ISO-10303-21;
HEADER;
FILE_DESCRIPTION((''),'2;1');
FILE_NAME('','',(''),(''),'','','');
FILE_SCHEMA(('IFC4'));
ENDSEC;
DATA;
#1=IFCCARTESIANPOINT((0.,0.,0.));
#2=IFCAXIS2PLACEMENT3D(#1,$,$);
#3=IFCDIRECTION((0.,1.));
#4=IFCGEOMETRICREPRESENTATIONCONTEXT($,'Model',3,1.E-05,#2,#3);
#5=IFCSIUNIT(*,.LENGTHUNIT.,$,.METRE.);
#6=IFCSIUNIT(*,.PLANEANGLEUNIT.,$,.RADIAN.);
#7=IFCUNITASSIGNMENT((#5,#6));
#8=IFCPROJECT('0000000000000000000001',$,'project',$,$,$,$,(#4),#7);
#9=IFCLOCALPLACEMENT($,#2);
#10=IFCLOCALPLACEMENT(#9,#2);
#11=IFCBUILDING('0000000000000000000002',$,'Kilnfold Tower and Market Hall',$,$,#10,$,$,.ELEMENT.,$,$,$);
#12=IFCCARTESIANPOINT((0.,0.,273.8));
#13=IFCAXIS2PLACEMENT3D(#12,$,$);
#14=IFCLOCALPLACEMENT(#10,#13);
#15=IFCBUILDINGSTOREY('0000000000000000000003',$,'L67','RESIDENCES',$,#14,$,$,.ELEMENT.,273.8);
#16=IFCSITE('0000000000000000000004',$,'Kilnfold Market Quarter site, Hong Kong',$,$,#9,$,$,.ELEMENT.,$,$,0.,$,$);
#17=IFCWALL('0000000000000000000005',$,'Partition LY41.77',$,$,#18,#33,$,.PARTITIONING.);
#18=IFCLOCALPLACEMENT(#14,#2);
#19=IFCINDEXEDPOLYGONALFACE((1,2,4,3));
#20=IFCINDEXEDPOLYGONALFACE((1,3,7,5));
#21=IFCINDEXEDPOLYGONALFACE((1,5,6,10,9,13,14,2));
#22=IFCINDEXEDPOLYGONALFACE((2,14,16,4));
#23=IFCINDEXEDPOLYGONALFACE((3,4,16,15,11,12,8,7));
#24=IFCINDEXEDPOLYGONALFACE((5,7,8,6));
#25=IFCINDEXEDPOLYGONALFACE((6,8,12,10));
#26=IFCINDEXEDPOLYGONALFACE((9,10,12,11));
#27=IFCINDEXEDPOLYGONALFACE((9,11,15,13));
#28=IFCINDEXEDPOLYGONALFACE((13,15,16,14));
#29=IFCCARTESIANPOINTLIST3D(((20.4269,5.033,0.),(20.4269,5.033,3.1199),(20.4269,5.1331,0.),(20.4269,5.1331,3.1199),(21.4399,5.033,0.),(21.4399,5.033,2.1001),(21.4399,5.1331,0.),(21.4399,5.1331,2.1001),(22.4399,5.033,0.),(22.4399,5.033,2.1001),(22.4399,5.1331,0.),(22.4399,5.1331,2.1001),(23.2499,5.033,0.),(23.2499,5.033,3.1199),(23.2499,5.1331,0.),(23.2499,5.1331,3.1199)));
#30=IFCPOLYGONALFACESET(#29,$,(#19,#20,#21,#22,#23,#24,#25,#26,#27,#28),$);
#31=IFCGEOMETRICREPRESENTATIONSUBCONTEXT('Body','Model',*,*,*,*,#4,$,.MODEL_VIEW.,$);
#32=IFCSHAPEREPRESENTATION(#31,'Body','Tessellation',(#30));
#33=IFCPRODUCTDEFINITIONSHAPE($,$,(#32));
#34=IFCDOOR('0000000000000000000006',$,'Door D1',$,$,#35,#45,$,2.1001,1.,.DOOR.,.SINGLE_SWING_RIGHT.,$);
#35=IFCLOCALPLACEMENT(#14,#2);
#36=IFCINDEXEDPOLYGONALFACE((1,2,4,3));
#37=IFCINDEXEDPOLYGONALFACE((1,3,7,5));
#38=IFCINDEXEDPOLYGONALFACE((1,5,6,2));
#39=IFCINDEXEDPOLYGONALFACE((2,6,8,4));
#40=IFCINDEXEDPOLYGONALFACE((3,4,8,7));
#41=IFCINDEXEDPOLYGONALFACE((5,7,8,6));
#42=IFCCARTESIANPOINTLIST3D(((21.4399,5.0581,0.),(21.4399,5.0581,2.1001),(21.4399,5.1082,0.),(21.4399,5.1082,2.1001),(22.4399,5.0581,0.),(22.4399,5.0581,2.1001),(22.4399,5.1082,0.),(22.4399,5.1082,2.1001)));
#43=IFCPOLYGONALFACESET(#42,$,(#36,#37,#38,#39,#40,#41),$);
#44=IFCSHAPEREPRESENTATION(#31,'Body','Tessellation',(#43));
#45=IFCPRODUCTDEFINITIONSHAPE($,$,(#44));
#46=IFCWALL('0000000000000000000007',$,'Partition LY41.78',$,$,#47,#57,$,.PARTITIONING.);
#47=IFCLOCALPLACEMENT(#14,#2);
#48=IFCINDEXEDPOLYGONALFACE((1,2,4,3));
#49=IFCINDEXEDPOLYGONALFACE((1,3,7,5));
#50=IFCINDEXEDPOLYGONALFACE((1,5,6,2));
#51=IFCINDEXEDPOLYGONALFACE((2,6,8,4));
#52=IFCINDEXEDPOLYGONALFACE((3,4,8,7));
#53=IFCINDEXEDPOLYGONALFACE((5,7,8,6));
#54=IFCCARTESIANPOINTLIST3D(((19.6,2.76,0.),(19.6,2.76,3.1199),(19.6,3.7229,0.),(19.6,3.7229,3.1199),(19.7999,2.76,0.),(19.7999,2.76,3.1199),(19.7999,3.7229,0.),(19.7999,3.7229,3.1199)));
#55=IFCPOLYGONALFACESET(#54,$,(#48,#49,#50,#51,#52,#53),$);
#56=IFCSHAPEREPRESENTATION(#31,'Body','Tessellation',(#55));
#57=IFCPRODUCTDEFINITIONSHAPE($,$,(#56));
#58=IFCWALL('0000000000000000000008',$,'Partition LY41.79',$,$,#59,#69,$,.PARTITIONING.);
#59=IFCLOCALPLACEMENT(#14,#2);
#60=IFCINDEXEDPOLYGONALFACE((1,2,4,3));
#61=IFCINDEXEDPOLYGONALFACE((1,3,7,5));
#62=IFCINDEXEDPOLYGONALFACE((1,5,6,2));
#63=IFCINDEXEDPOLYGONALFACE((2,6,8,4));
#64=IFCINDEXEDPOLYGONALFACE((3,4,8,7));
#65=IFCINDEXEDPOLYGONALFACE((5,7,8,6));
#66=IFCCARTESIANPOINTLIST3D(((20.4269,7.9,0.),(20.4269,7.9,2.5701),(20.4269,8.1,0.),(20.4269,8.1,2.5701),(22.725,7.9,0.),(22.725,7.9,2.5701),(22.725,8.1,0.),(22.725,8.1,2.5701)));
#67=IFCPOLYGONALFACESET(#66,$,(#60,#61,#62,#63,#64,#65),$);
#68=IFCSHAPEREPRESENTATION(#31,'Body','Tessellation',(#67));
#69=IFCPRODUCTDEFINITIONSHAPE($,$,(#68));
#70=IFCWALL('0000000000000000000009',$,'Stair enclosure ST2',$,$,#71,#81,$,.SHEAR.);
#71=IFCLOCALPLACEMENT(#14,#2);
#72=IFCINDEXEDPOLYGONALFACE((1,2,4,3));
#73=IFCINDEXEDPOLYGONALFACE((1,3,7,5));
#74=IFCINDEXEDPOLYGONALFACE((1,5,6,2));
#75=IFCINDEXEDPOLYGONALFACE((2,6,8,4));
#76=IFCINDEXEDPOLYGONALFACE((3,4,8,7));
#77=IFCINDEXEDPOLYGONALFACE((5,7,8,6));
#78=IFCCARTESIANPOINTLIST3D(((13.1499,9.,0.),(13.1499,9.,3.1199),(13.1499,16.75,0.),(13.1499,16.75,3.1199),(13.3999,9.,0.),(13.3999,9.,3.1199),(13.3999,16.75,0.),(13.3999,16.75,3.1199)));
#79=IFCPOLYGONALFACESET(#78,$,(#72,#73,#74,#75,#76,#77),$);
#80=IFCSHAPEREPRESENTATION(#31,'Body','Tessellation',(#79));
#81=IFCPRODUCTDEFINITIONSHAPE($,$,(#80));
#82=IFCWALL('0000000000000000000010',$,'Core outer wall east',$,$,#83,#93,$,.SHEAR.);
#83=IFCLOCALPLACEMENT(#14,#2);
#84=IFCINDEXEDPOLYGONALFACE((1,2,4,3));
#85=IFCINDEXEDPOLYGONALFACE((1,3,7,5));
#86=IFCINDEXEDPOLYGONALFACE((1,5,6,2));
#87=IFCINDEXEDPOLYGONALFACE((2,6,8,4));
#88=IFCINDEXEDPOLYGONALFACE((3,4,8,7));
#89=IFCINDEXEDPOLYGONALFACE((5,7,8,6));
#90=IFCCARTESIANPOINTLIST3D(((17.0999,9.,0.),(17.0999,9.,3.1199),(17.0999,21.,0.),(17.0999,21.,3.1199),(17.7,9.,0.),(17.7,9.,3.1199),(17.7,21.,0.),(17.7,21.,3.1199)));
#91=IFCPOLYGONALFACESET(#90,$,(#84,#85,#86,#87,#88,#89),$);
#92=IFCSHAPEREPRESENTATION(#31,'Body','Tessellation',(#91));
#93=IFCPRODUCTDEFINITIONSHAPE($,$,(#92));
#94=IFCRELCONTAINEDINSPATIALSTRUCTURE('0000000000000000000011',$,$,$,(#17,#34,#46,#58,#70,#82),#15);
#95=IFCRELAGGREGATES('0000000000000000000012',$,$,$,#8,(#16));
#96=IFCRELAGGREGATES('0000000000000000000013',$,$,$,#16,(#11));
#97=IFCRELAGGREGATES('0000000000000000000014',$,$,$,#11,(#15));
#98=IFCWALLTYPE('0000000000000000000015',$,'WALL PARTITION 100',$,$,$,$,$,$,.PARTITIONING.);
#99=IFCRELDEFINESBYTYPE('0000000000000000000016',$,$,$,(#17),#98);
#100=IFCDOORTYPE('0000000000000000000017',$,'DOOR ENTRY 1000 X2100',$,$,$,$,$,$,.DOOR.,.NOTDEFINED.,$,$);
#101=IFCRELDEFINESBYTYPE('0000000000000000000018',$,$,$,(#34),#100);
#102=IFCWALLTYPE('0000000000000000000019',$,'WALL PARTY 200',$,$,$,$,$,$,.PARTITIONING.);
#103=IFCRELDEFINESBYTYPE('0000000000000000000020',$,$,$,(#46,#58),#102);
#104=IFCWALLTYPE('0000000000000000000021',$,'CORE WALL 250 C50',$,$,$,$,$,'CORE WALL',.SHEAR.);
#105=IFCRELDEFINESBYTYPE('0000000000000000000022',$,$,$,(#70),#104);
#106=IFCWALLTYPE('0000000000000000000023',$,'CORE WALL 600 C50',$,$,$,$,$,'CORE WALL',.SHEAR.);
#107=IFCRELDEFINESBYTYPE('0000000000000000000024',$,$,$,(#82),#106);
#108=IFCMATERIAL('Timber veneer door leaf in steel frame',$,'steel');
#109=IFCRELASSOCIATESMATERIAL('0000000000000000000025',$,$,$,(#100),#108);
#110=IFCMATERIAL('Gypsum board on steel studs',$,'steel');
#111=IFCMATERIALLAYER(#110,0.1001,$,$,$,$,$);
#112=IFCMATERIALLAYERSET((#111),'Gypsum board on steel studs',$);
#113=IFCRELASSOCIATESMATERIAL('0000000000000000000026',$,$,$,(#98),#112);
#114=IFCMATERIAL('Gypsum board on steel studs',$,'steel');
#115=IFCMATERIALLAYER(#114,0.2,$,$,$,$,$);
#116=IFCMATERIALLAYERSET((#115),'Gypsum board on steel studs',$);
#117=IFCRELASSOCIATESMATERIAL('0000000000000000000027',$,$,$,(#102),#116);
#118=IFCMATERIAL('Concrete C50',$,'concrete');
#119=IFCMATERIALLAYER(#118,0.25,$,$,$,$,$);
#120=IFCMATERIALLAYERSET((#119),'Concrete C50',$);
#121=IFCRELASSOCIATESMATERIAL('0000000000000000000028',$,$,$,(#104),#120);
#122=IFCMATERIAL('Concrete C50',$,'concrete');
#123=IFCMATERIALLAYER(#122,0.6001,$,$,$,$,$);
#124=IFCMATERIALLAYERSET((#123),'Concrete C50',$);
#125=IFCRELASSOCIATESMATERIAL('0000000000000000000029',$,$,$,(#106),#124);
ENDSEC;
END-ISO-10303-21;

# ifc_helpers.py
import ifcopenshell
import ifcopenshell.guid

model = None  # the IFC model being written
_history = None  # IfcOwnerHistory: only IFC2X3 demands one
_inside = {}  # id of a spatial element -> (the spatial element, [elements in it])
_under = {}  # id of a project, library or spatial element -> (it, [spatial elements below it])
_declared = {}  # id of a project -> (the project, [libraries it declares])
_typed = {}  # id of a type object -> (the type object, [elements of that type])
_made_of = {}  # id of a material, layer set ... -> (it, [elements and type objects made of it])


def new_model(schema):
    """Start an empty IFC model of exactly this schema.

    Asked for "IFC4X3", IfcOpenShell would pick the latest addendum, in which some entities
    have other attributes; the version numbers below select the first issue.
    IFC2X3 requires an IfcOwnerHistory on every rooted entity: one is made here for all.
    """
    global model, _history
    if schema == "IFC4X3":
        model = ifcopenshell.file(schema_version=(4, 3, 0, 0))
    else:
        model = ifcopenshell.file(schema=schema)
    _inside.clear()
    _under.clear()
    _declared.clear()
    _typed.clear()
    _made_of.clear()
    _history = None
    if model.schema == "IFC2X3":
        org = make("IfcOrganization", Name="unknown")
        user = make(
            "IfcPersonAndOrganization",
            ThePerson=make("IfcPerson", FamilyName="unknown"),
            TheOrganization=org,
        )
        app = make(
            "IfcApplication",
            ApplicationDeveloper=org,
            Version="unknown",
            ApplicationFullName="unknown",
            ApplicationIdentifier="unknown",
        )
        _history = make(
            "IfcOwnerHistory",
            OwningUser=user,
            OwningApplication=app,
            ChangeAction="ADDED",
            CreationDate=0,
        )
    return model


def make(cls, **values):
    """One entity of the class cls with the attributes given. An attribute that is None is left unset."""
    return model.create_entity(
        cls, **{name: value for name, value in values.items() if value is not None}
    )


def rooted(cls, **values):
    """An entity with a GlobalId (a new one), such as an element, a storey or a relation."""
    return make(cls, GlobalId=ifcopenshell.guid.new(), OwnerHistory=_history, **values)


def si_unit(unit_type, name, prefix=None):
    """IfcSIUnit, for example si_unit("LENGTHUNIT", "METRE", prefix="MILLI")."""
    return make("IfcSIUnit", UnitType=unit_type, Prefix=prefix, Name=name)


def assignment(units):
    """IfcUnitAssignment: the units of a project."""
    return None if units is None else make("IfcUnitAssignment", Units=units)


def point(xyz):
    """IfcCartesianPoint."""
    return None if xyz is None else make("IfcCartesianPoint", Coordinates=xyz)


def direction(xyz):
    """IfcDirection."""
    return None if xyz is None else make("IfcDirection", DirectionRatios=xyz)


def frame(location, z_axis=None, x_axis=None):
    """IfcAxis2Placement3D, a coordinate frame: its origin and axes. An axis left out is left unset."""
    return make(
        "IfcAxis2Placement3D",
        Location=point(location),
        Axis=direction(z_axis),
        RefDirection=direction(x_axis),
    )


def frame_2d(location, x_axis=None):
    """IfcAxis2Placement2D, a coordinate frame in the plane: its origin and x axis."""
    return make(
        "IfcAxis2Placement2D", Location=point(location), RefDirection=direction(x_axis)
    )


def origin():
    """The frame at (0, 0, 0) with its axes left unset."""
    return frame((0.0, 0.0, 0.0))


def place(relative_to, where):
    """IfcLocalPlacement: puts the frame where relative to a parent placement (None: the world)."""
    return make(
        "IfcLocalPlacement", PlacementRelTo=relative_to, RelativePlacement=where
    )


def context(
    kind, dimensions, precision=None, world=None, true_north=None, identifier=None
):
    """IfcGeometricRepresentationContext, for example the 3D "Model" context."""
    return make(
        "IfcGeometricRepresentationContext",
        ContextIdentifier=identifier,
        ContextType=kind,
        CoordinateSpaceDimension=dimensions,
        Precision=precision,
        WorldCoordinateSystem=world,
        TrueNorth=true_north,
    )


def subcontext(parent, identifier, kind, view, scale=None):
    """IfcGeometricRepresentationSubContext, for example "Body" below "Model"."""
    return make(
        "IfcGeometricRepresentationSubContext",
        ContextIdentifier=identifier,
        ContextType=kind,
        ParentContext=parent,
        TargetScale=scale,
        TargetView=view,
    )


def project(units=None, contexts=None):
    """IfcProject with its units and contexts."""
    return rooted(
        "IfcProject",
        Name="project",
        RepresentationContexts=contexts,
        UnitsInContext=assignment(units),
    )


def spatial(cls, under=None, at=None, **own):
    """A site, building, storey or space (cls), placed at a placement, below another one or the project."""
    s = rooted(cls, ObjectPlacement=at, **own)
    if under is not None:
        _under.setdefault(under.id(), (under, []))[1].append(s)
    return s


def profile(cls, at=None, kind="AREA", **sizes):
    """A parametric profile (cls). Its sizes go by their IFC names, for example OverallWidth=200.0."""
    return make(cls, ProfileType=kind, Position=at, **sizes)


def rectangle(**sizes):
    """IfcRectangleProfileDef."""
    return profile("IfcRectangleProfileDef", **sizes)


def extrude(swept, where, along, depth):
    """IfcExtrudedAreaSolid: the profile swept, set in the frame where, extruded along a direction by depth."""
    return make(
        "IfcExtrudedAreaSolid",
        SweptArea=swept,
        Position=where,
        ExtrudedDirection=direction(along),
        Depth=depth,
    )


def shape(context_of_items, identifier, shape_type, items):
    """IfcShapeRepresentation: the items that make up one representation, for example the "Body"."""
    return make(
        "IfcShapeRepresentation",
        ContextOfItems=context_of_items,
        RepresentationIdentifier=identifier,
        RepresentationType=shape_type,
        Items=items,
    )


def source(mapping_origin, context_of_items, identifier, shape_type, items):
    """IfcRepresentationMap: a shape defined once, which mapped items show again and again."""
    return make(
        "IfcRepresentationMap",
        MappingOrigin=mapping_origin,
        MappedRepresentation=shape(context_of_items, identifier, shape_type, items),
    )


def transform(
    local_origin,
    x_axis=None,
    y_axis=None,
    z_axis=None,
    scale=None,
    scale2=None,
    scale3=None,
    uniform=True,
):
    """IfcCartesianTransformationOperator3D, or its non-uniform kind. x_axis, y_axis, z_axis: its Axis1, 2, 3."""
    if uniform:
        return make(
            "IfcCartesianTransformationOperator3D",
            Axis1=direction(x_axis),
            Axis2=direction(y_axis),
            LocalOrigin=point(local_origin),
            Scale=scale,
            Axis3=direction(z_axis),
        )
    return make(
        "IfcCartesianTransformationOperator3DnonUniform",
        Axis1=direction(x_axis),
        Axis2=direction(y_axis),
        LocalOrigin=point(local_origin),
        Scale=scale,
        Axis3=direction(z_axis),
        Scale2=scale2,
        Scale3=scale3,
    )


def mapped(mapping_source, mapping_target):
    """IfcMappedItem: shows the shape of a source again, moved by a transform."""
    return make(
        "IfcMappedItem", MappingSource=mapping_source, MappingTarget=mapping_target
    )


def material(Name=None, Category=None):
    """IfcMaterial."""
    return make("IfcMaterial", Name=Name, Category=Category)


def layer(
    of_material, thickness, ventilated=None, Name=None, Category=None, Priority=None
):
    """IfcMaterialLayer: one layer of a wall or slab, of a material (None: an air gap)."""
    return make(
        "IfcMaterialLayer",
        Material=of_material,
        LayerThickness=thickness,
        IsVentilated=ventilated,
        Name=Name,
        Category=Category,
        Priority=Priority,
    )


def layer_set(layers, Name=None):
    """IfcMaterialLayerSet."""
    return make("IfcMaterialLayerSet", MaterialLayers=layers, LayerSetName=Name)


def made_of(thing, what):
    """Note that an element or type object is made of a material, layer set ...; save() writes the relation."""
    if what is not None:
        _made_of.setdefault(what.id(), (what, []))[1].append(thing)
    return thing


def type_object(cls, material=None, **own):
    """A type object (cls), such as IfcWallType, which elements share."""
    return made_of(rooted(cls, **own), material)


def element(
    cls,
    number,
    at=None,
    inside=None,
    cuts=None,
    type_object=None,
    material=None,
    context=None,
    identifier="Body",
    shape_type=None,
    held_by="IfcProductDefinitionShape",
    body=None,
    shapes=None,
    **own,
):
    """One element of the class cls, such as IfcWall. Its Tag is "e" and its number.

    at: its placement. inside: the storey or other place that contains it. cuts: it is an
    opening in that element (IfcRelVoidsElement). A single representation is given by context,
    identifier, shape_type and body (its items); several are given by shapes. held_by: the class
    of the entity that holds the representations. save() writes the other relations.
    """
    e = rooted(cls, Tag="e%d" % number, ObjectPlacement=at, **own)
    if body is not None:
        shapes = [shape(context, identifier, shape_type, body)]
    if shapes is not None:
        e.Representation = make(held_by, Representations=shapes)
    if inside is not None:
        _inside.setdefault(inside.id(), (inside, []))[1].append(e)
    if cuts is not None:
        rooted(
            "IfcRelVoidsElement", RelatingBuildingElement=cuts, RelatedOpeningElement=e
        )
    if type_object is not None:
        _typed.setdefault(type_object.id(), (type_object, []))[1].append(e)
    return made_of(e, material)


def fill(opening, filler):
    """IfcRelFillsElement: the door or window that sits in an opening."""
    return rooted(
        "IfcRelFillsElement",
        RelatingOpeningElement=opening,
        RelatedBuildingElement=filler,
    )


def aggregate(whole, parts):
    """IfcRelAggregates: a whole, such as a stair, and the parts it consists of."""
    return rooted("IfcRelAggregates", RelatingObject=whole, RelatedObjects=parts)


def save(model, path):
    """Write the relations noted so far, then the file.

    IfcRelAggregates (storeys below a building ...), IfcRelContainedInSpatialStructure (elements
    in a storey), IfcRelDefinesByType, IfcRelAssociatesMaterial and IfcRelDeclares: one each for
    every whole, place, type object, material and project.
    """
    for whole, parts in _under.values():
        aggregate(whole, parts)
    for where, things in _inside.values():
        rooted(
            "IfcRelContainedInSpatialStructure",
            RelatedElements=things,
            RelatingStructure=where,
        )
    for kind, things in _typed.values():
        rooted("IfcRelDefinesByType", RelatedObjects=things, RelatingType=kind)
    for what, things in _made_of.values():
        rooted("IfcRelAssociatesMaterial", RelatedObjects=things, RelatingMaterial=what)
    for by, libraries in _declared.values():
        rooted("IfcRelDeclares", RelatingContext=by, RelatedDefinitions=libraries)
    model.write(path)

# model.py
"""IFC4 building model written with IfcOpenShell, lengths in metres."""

from ifc_helpers import new_model, si_unit, direction, frame, frame_2d, origin, place, context, subcontext, project, spatial, rectangle, extrude, source, transform, mapped, material, layer, layer_set, type_object, element, fill, save


model = new_model("IFC4")

# Units and contexts
model_context = context("Model", 3, precision=1e-05, world=origin(), true_north=direction((0.0, 1.0)))
body_context = subcontext(model_context, "Body", "Model", "MODEL_VIEW")
ifc_project = project(units=[si_unit("LENGTHUNIT", "METRE"), si_unit("PLANEANGLEUNIT", "RADIAN")], contexts=[model_context])

# Site, building, storey
site_placement = place(None, origin())
site = spatial("IfcSite", under=ifc_project, at=site_placement, Name="Kilnfold Market Quarter site, Hong Kong", CompositionType="ELEMENT", RefElevation=0.0)
building_placement = place(site_placement, origin())
building = spatial("IfcBuilding", under=site, at=building_placement, Name="Kilnfold Tower and Market Hall", CompositionType="ELEMENT")
storey_placement = place(building_placement, frame((0.0, 0.0, 273.8)))
storey = spatial("IfcBuildingStorey", under=building, at=storey_placement, Name="L67", Description="RESIDENCES", CompositionType="ELEMENT", Elevation=273.8)

# Wall, opening, door
ifc_material_1 = material(Name="Timber veneer door leaf in steel frame", Category="steel")
door_type_1 = type_object("IfcDoorType", Name="DOOR ENTRY 1000 X2100", OperationType="NOTDEFINED", PredefinedType="DOOR", material=ifc_material_1)
ifc_material_2 = material(Name="Gypsum board on steel studs", Category="steel")
ifc_layer_1 = layer(ifc_material_2, 0.1001)
ifc_layer_set_1 = layer_set([ifc_layer_1], Name="Gypsum board on steel studs")
wall_type_1 = type_object("IfcWallType", Name="WALL PARTITION 100", PredefinedType="PARTITIONING", material=ifc_layer_set_1)
wall_1_placement = place(storey_placement, frame((23.25, 5.083, 0.0), z_axis=(0.0, 0.0, 1.0), x_axis=(-1.0, 0.0, 0.0)))
wall_1 = element("IfcWall", 1, at=wall_1_placement, inside=storey, type_object=wall_type_1, Name="Partition LY41.77", PredefinedType="PARTITIONING", context=body_context, shape_type="SweptSolid", body=[
    extrude(rectangle(XDim=2.823, YDim=0.1001, at=frame_2d((1.4116, 0.0))), origin(), (0.0, 0.0, 1.0), 3.1199),
])
opening_1_placement = place(wall_1_placement, frame((0.8101, 0.0, 0.0)))
opening_1 = element("IfcOpeningElement", 2, at=opening_1_placement, cuts=wall_1, PredefinedType="OPENING", context=body_context, shape_type="SweptSolid", body=[
    extrude(rectangle(XDim=1.0, YDim=2.1001, at=frame_2d((0.5, 1.05))), frame((0.0, 0.0601, 0.0), z_axis=(0.0, -1.0, 0.0), x_axis=(1.0, 0.0, 0.0)), (0.0, 0.0, 1.0), 0.1201),
])
door_1_placement = place(opening_1_placement, origin())
door_1 = element("IfcDoor", 3, at=door_1_placement, inside=storey, type_object=door_type_1, Name="Door D1", OperationType="SINGLE_SWING_RIGHT", OverallHeight=2.1001, OverallWidth=1.0, PredefinedType="DOOR", context=body_context, shape_type="SweptSolid", body=[
    extrude(rectangle(XDim=1.0, YDim=2.1001, at=frame_2d((0.5, 1.05))), frame((0.0, 0.0249, 0.0), z_axis=(0.0, -1.0, 0.0), x_axis=(1.0, 0.0, 0.0)), (0.0, 0.0, 1.0), 0.05),
])
fill(opening_1, door_1)

# Walls
ifc_material_3 = material(Name="Gypsum board on steel studs", Category="steel")
ifc_layer_2 = layer(ifc_material_3, 0.2)
ifc_layer_set_2 = layer_set([ifc_layer_2], Name="Gypsum board on steel studs")
wall_type_2 = type_object("IfcWallType", Name="WALL PARTY 200", PredefinedType="PARTITIONING", material=ifc_layer_set_2)
wall_2_placement = place(storey_placement, frame((19.7, 2.76, 0.0), z_axis=(0.0, 0.0, 1.0), x_axis=(0.0, 1.0, 0.0)))
element("IfcWall", 4, at=wall_2_placement, inside=storey, type_object=wall_type_2, Name="Partition LY41.78", PredefinedType="PARTITIONING", context=body_context, shape_type="SweptSolid", body=[
    extrude(rectangle(XDim=0.9629, YDim=0.2, at=frame_2d((0.4814, 0.0))), origin(), (0.0, 0.0, 1.0), 3.1199),
])
wall_3_placement = place(storey_placement, frame((20.427, 8.0, 0.0), z_axis=(0.0, 0.0, 1.0), x_axis=(1.0, 0.0, 0.0)))
element("IfcWall", 5, at=wall_3_placement, inside=storey, type_object=wall_type_2, Name="Partition LY41.79", PredefinedType="PARTITIONING", context=body_context, shape_type="SweptSolid", body=[
    extrude(rectangle(XDim=2.2981, YDim=0.2, at=frame_2d((1.1489, 0.0))), origin(), (0.0, 0.0, 1.0), 2.5701),
])
ifc_material_4 = material(Name="Concrete C50", Category="concrete")
ifc_layer_3 = layer(ifc_material_4, 0.25)
ifc_layer_set_3 = layer_set([ifc_layer_3], Name="Concrete C50")
wall_type_3 = type_object("IfcWallType", Name="CORE WALL 250 C50", ElementType="CORE WALL", PredefinedType="SHEAR", material=ifc_layer_set_3)
shared_shape_1 = source(origin(), body_context, "Body", "SweptSolid", [
    extrude(rectangle(XDim=7.75, YDim=0.25, at=frame_2d((3.875, 0.0))), origin(), (0.0, 0.0, 1.0), 3.1199),
])
wall_4_placement = place(storey_placement, frame((13.2749, 9.0, 0.0), z_axis=(0.0, 0.0, 1.0), x_axis=(0.0, 1.0, 0.0)))
element("IfcWall", 6, at=wall_4_placement, inside=storey, type_object=wall_type_3, Name="Stair enclosure ST2", PredefinedType="SHEAR", context=body_context, shape_type="MappedRepresentation", body=[
    mapped(shared_shape_1, transform((0.0, 0.0, 0.0))),
])
ifc_material_5 = material(Name="Concrete C50", Category="concrete")
ifc_layer_4 = layer(ifc_material_5, 0.6001)
ifc_layer_set_4 = layer_set([ifc_layer_4], Name="Concrete C50")
wall_type_4 = type_object("IfcWallType", Name="CORE WALL 600 C50", ElementType="CORE WALL", PredefinedType="SHEAR", material=ifc_layer_set_4)
shared_shape_2 = source(origin(), body_context, "Body", "SweptSolid", [
    extrude(rectangle(XDim=12.0, YDim=0.6001, at=frame_2d((6.0, 0.0))), origin(), (0.0, 0.0, 1.0), 3.1199),
])
wall_5_placement = place(storey_placement, frame((17.3999, 9.0, 0.0), z_axis=(0.0, 0.0, 1.0), x_axis=(0.0, 1.0, 0.0)))
element("IfcWall", 7, at=wall_5_placement, inside=storey, type_object=wall_type_4, Name="Core outer wall east", PredefinedType="SHEAR", context=body_context, shape_type="MappedRepresentation", body=[
    mapped(shared_shape_2, transform((0.0, 0.0, 0.0))),
])

save(model, "model.ifc")
